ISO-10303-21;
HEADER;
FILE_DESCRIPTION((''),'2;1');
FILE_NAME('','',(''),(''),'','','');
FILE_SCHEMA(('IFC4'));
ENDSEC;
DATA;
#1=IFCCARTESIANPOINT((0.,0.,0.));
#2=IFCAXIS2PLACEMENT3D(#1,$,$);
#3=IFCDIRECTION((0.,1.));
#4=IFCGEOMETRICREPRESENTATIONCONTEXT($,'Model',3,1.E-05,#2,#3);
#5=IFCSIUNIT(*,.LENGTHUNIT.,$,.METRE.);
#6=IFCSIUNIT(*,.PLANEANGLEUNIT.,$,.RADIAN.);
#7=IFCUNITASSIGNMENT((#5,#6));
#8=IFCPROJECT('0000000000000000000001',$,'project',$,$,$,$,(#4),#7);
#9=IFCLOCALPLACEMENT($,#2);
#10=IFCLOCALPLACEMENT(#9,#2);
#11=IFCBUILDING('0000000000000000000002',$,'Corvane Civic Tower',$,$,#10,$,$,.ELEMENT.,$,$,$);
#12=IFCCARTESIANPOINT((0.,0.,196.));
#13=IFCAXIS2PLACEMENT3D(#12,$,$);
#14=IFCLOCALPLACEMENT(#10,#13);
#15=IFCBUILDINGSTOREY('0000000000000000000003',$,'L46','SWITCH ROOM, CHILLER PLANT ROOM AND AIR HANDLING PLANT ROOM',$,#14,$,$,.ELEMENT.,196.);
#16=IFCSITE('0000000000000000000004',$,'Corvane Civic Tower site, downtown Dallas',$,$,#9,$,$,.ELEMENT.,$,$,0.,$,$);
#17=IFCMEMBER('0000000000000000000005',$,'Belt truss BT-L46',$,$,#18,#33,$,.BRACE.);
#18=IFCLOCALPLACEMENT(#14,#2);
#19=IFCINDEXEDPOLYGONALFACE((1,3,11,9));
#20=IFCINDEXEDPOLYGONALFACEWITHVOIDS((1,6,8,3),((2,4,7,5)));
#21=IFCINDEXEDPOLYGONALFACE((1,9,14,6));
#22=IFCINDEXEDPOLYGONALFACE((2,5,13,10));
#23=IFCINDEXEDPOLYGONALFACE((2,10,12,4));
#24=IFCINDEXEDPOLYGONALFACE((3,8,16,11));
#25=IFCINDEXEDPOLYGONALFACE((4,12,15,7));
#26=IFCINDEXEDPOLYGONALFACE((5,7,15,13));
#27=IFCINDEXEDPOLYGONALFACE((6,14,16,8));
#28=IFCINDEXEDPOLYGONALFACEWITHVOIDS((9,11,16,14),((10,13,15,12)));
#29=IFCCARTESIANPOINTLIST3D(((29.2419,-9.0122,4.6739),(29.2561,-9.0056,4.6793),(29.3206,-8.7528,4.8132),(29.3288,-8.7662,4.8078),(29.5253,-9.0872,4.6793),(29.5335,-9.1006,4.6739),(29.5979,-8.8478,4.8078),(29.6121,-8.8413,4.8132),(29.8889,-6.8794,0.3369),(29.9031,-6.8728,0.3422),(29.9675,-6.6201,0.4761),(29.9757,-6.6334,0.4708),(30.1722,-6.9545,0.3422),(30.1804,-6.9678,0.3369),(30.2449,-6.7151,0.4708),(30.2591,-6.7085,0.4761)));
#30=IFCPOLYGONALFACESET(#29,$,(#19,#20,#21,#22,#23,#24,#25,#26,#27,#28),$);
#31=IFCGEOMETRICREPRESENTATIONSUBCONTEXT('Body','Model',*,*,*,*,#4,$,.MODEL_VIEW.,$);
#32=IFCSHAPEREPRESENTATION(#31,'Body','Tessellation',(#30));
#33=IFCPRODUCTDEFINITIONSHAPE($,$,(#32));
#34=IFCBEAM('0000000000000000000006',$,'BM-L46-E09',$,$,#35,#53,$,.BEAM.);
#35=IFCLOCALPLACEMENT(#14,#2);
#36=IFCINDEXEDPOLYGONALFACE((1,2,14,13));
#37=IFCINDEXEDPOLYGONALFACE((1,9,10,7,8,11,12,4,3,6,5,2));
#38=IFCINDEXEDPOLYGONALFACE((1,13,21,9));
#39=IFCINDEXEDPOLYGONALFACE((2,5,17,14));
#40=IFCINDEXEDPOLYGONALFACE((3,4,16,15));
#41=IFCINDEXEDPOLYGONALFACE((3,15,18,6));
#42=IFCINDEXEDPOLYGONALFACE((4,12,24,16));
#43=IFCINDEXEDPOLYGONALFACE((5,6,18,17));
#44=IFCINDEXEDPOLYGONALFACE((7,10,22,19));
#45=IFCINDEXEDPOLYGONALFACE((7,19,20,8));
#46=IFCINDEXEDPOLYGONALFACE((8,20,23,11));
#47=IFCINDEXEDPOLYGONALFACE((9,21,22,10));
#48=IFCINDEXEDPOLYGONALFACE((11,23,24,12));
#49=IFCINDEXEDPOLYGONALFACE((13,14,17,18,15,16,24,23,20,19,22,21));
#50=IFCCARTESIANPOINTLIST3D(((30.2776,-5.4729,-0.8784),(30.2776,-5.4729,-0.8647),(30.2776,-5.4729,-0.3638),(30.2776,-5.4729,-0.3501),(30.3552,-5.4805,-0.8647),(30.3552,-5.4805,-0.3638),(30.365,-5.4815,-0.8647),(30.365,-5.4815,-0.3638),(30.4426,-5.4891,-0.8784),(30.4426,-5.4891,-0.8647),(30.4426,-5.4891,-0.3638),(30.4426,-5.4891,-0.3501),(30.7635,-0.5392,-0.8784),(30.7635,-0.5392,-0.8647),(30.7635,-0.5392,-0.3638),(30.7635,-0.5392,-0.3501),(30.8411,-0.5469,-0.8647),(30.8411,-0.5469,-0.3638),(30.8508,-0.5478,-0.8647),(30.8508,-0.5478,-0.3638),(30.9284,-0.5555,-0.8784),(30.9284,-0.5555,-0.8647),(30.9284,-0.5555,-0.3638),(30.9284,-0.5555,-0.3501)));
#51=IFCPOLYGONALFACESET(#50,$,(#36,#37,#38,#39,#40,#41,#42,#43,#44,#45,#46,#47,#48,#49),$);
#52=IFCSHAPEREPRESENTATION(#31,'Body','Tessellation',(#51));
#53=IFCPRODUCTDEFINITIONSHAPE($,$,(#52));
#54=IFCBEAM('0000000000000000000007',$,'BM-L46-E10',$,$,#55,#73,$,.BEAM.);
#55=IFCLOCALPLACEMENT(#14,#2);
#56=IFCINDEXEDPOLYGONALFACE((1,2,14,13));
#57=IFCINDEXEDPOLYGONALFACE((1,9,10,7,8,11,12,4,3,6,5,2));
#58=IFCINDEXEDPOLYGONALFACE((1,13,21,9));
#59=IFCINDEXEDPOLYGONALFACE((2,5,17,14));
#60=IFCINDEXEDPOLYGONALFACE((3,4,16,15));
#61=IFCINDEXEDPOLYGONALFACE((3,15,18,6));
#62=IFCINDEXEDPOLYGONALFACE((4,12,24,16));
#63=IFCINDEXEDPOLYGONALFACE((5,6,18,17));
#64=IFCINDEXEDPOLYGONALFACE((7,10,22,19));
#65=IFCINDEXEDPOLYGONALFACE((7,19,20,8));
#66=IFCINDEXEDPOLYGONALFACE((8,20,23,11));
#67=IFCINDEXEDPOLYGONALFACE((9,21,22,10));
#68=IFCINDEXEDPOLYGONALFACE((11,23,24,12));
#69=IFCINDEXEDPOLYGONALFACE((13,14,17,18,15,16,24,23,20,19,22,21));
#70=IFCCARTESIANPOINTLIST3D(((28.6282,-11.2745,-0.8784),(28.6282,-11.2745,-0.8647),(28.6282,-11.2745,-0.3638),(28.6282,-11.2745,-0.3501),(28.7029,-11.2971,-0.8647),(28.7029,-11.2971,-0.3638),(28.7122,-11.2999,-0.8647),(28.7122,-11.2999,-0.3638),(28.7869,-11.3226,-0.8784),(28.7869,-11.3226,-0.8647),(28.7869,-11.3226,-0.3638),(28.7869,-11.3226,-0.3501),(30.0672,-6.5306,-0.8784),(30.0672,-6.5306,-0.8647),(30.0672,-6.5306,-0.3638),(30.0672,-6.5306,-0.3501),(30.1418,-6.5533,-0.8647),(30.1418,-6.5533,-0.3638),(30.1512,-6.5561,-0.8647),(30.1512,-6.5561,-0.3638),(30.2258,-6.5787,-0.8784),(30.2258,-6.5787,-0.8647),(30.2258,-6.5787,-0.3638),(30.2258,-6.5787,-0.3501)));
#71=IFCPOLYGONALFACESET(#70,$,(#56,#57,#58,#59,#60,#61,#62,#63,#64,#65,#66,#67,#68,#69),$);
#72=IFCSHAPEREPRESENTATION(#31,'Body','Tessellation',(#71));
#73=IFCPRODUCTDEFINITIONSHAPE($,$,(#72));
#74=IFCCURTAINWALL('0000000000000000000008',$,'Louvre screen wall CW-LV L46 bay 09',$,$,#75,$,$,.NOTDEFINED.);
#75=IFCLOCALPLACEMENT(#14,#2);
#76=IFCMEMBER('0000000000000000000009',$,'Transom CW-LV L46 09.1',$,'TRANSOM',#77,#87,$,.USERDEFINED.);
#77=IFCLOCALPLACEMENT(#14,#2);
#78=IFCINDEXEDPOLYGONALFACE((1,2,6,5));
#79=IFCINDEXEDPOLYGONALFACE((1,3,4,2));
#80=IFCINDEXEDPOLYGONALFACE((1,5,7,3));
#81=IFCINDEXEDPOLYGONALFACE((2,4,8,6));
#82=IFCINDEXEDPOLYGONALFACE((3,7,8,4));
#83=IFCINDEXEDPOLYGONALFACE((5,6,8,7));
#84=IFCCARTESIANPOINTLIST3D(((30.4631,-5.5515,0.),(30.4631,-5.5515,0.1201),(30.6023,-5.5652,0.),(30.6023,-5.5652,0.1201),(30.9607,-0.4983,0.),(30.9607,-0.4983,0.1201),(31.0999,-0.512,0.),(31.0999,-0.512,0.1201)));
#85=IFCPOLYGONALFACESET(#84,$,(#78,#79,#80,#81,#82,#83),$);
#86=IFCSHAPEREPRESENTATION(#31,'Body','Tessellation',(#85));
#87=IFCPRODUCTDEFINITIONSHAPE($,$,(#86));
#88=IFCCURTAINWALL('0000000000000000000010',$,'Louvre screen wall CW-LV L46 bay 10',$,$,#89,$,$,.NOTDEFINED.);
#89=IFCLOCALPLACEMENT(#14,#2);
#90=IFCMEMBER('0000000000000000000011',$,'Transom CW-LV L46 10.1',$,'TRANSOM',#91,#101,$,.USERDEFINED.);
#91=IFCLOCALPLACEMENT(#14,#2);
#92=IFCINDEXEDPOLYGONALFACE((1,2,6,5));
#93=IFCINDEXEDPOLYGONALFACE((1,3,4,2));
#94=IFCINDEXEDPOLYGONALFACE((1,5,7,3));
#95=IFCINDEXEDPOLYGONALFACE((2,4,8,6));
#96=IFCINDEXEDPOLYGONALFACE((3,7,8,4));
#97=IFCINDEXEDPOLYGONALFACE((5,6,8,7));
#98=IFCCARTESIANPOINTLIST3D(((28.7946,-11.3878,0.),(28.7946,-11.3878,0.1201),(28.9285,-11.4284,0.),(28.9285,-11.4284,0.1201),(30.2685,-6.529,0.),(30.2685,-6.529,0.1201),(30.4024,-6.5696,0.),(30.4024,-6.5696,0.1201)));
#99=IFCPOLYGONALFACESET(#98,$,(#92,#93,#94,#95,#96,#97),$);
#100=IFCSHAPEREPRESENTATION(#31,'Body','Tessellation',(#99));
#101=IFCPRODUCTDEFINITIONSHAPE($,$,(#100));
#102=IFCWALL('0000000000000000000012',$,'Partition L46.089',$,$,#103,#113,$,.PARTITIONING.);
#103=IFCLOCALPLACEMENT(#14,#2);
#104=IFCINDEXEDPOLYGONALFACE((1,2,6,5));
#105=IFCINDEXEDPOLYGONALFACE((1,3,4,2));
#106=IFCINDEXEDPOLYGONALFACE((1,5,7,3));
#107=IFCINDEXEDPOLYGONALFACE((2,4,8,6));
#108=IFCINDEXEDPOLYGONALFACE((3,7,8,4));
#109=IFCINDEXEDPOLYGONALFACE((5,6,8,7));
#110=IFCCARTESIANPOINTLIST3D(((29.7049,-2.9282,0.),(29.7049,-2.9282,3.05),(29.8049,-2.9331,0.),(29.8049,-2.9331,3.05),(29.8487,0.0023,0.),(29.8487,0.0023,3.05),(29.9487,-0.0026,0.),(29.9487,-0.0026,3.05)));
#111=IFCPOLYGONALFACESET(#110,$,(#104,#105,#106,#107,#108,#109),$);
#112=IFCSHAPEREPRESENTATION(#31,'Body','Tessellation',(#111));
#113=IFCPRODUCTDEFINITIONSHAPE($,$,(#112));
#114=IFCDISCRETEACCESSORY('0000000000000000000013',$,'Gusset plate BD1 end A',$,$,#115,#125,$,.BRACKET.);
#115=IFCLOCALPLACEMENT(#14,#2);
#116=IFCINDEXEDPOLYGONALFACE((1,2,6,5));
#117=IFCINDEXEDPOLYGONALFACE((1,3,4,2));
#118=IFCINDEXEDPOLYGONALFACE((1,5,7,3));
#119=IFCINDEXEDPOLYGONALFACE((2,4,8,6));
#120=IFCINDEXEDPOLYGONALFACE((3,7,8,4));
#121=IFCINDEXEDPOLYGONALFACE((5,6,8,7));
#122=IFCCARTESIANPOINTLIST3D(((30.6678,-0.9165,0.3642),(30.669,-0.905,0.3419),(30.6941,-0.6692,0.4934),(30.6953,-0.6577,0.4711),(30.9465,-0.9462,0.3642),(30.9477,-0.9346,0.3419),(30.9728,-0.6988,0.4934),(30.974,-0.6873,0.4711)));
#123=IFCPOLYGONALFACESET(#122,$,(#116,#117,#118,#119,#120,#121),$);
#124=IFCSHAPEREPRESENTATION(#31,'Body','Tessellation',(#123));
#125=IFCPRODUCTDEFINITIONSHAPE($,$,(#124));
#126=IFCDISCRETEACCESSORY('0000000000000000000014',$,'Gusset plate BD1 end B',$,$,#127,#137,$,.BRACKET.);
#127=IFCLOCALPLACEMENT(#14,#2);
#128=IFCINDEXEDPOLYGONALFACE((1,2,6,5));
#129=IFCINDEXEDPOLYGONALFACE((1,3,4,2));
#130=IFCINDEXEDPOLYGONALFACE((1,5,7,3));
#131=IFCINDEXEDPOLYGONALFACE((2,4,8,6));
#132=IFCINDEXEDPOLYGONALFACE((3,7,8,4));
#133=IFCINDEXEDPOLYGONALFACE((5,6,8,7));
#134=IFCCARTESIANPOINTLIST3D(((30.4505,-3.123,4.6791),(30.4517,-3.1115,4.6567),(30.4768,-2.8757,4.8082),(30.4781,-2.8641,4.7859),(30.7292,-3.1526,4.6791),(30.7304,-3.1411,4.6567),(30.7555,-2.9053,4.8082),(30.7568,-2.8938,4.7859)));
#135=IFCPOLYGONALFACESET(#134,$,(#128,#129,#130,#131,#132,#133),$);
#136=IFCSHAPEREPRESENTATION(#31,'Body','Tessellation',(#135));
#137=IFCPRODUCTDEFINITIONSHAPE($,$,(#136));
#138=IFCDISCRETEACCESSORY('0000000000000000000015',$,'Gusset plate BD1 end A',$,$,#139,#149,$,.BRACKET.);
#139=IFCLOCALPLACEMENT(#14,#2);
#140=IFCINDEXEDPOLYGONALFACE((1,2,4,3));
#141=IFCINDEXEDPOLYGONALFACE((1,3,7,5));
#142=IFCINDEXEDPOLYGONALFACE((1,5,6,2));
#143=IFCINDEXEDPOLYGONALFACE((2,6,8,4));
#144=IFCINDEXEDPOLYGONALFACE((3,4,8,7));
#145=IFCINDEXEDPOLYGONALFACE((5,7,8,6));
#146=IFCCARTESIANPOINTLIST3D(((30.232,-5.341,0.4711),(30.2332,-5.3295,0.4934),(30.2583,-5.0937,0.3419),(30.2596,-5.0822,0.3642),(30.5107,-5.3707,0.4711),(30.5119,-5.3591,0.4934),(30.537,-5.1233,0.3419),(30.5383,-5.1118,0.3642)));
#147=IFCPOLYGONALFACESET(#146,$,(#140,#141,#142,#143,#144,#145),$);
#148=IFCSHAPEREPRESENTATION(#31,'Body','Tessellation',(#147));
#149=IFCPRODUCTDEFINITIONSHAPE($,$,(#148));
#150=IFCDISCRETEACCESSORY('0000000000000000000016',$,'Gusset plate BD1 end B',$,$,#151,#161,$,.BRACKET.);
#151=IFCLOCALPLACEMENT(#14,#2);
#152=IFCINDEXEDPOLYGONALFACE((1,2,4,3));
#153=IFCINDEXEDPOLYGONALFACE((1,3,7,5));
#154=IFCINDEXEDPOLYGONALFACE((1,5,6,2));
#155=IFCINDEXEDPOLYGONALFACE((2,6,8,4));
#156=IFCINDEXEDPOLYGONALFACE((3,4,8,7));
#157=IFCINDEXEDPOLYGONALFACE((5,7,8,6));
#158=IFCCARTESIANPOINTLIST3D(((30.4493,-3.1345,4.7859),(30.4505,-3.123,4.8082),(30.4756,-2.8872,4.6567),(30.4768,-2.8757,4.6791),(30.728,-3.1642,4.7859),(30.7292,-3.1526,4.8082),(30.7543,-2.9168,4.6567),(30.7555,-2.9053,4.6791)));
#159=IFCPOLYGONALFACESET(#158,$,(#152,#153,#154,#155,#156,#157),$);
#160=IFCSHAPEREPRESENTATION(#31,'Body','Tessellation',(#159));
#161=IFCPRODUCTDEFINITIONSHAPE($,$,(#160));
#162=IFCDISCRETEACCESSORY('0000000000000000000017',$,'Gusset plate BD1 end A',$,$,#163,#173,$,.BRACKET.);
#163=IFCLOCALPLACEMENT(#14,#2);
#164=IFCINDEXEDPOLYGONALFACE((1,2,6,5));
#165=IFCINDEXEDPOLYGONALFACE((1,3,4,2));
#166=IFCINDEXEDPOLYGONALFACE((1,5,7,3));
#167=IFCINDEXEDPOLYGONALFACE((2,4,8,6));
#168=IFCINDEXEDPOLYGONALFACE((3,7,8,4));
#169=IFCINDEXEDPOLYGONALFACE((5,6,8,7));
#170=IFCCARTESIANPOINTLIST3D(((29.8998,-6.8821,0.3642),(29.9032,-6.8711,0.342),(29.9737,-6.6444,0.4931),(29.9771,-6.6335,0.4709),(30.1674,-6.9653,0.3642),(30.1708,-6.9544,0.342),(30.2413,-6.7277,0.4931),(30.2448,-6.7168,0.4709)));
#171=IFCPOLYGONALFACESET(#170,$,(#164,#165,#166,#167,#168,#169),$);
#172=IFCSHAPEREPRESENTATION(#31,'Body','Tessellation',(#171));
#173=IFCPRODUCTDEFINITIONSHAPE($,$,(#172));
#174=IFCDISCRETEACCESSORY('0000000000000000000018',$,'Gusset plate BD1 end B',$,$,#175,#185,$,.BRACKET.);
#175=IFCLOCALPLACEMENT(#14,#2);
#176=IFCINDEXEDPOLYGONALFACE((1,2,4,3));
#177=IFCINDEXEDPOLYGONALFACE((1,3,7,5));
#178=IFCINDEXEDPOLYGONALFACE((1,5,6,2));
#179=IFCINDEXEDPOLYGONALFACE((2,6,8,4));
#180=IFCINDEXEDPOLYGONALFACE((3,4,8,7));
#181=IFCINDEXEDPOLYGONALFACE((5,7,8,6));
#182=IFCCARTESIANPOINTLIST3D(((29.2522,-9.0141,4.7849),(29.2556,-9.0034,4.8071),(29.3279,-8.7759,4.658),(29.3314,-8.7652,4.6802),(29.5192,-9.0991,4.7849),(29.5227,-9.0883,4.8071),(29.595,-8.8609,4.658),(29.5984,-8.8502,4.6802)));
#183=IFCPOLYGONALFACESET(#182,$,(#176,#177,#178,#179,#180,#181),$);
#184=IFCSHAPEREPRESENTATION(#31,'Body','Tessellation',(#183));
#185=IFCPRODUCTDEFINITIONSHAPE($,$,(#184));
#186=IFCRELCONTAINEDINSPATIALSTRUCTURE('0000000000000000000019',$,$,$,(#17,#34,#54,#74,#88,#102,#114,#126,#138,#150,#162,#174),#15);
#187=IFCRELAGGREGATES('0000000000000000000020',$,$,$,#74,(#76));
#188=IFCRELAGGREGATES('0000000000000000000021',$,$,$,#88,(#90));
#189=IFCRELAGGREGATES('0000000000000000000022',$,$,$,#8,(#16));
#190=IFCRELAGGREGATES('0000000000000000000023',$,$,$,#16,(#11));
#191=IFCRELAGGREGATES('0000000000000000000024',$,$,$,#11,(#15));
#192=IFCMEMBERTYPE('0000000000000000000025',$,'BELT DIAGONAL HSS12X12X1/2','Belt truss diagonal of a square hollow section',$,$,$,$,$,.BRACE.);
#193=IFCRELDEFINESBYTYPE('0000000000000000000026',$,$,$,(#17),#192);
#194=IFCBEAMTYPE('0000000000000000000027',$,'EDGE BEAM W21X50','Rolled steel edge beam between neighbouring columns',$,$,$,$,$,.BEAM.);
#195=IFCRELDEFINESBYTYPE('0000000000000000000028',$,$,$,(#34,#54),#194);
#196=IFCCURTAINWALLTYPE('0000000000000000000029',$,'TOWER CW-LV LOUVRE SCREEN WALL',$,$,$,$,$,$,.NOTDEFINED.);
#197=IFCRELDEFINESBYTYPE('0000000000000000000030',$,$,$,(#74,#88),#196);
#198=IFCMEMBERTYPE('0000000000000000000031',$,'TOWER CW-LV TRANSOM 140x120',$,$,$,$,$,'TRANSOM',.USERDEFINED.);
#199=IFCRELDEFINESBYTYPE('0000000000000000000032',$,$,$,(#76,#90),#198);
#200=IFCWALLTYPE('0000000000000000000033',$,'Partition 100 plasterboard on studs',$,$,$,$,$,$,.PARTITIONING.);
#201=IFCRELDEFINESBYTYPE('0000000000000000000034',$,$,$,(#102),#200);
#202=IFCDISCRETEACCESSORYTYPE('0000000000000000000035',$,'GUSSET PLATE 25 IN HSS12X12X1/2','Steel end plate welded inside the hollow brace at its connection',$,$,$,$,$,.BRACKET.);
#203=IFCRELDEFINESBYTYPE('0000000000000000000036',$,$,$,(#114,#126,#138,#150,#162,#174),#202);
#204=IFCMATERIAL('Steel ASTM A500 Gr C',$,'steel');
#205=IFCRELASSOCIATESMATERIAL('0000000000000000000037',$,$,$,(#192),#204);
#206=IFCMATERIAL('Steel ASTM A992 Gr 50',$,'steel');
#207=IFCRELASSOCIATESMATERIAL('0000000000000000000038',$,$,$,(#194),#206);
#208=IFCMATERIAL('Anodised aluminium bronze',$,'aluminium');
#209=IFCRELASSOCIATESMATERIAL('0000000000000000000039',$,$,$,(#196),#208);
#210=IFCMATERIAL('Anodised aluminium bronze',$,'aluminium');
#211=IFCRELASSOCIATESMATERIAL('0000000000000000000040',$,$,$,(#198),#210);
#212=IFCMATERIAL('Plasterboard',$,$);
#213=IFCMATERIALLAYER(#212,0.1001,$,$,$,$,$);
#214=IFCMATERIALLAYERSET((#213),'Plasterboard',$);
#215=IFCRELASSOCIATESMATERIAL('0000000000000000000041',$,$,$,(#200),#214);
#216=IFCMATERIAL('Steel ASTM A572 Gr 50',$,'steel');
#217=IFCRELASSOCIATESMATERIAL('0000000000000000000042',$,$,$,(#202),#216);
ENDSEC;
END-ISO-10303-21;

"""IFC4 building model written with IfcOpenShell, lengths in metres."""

from ifc_helpers import new_model, si_unit, direction, frame, frame_2d, origin, origin_2d, place, context, subcontext, project, spatial, rectangle, hollow_rectangle, i_section, extrude, material, layer, layer_set, material_profile, profile_set, type_object, element, aggregate, save


model = new_model("IFC4")

# Units and contexts
model_context = context("Model", 3, precision=1e-05, world=origin(), true_north=direction((0.0, 1.0)))
body_context = subcontext(model_context, "Body", "Model", "MODEL_VIEW")
ifc_project = project(units=[si_unit("LENGTHUNIT", "METRE"), si_unit("PLANEANGLEUNIT", "RADIAN")], contexts=[model_context])

# Site, building, storey
site_placement = place(None, origin())
site = spatial("IfcSite", under=ifc_project, at=site_placement, Name="Corvane Civic Tower site, downtown Dallas", CompositionType="ELEMENT", RefElevation=0.0)
building_placement = place(site_placement, origin())
building = spatial("IfcBuilding", under=site, at=building_placement, Name="Corvane Civic Tower", CompositionType="ELEMENT")
storey_placement = place(building_placement, frame((0.0, 0.0, 196.0)))
storey = spatial("IfcBuildingStorey", under=building, at=storey_placement, Name="L46", Description="SWITCH ROOM, CHILLER PLANT ROOM AND AIR HANDLING PLANT ROOM", CompositionType="ELEMENT", Elevation=196.0)

# Member
ifc_material_1 = material(Name="Steel ASTM A500 Gr C", Category="steel")
ifc_material_profile_1 = material_profile(ifc_material_1, hollow_rectangle(XDim=0.3047, YDim=0.3047, WallThickness=0.0117, at=origin_2d()), Name="HSS12X12X1/2")
ifc_profile_set_1 = profile_set([ifc_material_profile_1], Name="Steel ASTM A500 Gr C")
member_type_1 = type_object("IfcMemberType", Name="BELT DIAGONAL HSS12X12X1/2", Description="Belt truss diagonal of a square hollow section", PredefinedType="BRACE", material=ifc_profile_set_1)
for number, where, z_axis, x_axis, name in (
    (1, (30.074, -6.7939, 0.4065), (-0.132677, -0.437382, 0.889434), (0.956941, -0.290281, 0.0), "Belt truss BT-L46"),
):
    element("IfcMember", number, at=place(storey_placement, frame(where, z_axis=z_axis, x_axis=x_axis)), inside=storey, type_object=member_type_1, Name=name, PredefinedType="BRACE", context=body_context, shape_type="SweptSolid", body=[
        extrude(hollow_rectangle(XDim=0.3047, YDim=0.3047, WallThickness=0.0117, at=origin_2d()), origin(), (0.0, 0.0, 1.0), 4.8762),
    ])

# Beams
ifc_material_2 = material(Name="Steel ASTM A992 Gr 50", Category="steel")
ifc_material_profile_2 = material_profile(ifc_material_2, i_section(OverallWidth=0.1658, OverallDepth=0.5283, WebThickness=0.0098, FlangeThickness=0.0137, at=origin_2d()), Name="W21X50")
ifc_profile_set_2 = profile_set([ifc_material_profile_2], Name="Steel ASTM A992 Gr 50")
beam_type = type_object("IfcBeamType", Name="EDGE BEAM W21X50", Description="Rolled steel edge beam between neighbouring columns", PredefinedType="BEAM", material=ifc_profile_set_2)
beam_1_placement = place(storey_placement, frame((30.8459, -0.5474, -0.6143), z_axis=(-0.098002, -0.995186, 0.0), x_axis=(0.995186, -0.098002, 0.0)))
element("IfcBeam", 2, at=beam_1_placement, inside=storey, type_object=beam_type, Name="BM-L46-E09", PredefinedType="BEAM", context=body_context, shape_type="SweptSolid", body=[
    extrude(i_section(OverallWidth=0.1658, OverallDepth=0.5283, WebThickness=0.0098, FlangeThickness=0.0137, at=origin_2d()), origin(), (0.0, 0.0, 1.0), 4.9575),
])
beam_2_placement = place(storey_placement, frame((30.1465, -6.5547, -0.6143), z_axis=(-0.29027, -0.956945, 0.0), x_axis=(0.956945, -0.29027, 0.0)))
element("IfcBeam", 3, at=beam_2_placement, inside=storey, type_object=beam_type, Name="BM-L46-E10", PredefinedType="BEAM", context=body_context, shape_type="SweptSolid", body=[
    extrude(i_section(OverallWidth=0.1658, OverallDepth=0.5283, WebThickness=0.0098, FlangeThickness=0.0137, at=origin_2d()), origin(), (0.0, 0.0, 1.0), 4.9573),
])

# Curtain walls, members
ifc_material_3 = material(Name="Anodised aluminium bronze", Category="aluminium")
curtain_wall_type = type_object("IfcCurtainWallType", Name="TOWER CW-LV LOUVRE SCREEN WALL", PredefinedType="NOTDEFINED", material=ifc_material_3)
curtain_wall_1_placement = place(storey_placement, origin())
curtain_wall_1 = element("IfcCurtainWall", 4, at=curtain_wall_1_placement, inside=storey, type_object=curtain_wall_type, Name="Louvre screen wall CW-LV L46 bay 09", PredefinedType="NOTDEFINED")
ifc_material_4 = material(Name="Anodised aluminium bronze", Category="aluminium")
ifc_material_profile_3 = material_profile(ifc_material_4, rectangle(XDim=0.1399, YDim=0.1201, at=origin_2d()), Name="TOWER CW-LV TRANSOM 140x120")
ifc_profile_set_3 = profile_set([ifc_material_profile_3], Name="Anodised aluminium bronze")
member_type_2 = type_object("IfcMemberType", Name="TOWER CW-LV TRANSOM 140x120", ElementType="TRANSOM", PredefinedType="USERDEFINED", material=ifc_profile_set_3)
member_1_placement = place(storey_placement, frame((31.0303, -0.5051, 0.0601), z_axis=(-0.09799, -0.995187, 0.0), x_axis=(0.995187, -0.09799, 0.0)))
member_1 = element("IfcMember", 5, at=member_1_placement, type_object=member_type_2, Name="Transom CW-LV L46 09.1", ObjectType="TRANSOM", PredefinedType="USERDEFINED", context=body_context, shape_type="SweptSolid", body=[
    extrude(rectangle(XDim=0.1399, YDim=0.1201, at=origin_2d()), origin(), (0.0, 0.0, 1.0), 5.0776),
])
curtain_wall_2_placement = place(storey_placement, origin())
curtain_wall_2 = element("IfcCurtainWall", 6, at=curtain_wall_2_placement, inside=storey, type_object=curtain_wall_type, Name="Louvre screen wall CW-LV L46 bay 10", PredefinedType="NOTDEFINED")
member_2_placement = place(storey_placement, frame((30.3354, -6.5493, 0.0601), z_axis=(-0.290289, -0.956939, 0.0), x_axis=(0.956939, -0.290289, 0.0)))
member_2 = element("IfcMember", 7, at=member_2_placement, type_object=member_type_2, Name="Transom CW-LV L46 10.1", ObjectType="TRANSOM", PredefinedType="USERDEFINED", context=body_context, shape_type="SweptSolid", body=[
    extrude(rectangle(XDim=0.1399, YDim=0.1201, at=origin_2d()), origin(), (0.0, 0.0, 1.0), 5.0774),
])

# Wall
ifc_material_5 = material(Name="Plasterboard")
ifc_layer = layer(ifc_material_5, 0.1001)
ifc_layer_set = layer_set([ifc_layer], Name="Plasterboard")
wall_type = type_object("IfcWallType", Name="Partition 100 plasterboard on studs", PredefinedType="PARTITIONING", material=ifc_layer_set)
wall_placement = place(storey_placement, frame((29.7549, -2.9307, 0.0), z_axis=(0.0, 0.0, 1.0), x_axis=(0.049008, 0.998798, 0.0)))
element("IfcWall", 8, at=wall_placement, inside=storey, type_object=wall_type, Name="Partition L46.089", PredefinedType="PARTITIONING", context=body_context, shape_type="SweptSolid", body=[
    extrude(rectangle(XDim=2.9341, YDim=0.1001, at=frame_2d((1.467, 0.0))), origin(), (0.0, 0.0, 1.0), 3.05),
])

aggregate(curtain_wall_1, [member_1])
aggregate(curtain_wall_2, [member_2])

# Discrete accessories
ifc_material_6 = material(Name="Steel ASTM A572 Gr 50", Category="steel")
ifc_material_profile_4 = material_profile(ifc_material_6, rectangle(XDim=0.2803, YDim=0.2803, at=origin_2d()), Name="GUSSET PLATE 25 IN HSS12X12X1/2")
ifc_profile_set_4 = profile_set([ifc_material_profile_4], Name="Steel ASTM A572 Gr 50")
discrete_accessory_type = type_object("IfcDiscreteAccessoryType", Name="GUSSET PLATE 25 IN HSS12X12X1/2", Description="Steel end plate welded inside the hollow brace at its connection", PredefinedType="BRACKET", material=ifc_profile_set_4)
for number, where, z_axis, x_axis, name in (
    (9, (30.8215, -0.7961, 0.4065), (-0.04876, -0.458346, 0.887435), (0.994389, -0.105786, 0.0), "Gusset plate BD1 end A"),
    (10, (30.603, -3.0142, 4.7437), (0.04876, 0.458346, -0.887435), (-0.994389, 0.105786, 0.0), "Gusset plate BD1 end B"),
    (11, (30.3845, -5.2322, 0.4065), (0.04876, 0.458346, 0.887435), (-0.994389, 0.105786, 0.0), "Gusset plate BD1 end A"),
    (12, (30.603, -3.0142, 4.7437), (-0.04876, -0.458346, -0.887435), (0.994389, -0.105786, 0.0), "Gusset plate BD1 end B"),
):
    element("IfcDiscreteAccessory", number, at=place(storey_placement, frame(where, z_axis=z_axis, x_axis=x_axis)), inside=storey, type_object=discrete_accessory_type, Name=name, PredefinedType="BRACKET", context=body_context, shape_type="SweptSolid", body=[
        extrude(rectangle(XDim=0.2803, YDim=0.2803, at=origin_2d()), origin(), (0.0, 0.0, 1.0), 0.0251),
    ])
for number, where, z_axis, x_axis, name in (
    (13, (30.074, -6.7939, 0.4065), (-0.136613, -0.439113, 0.887985), (0.954857, -0.297067, 0.0), "Gusset plate BD1 end A"),
    (14, (29.427, -8.9268, 4.7437), (-0.137196, -0.431186, -0.891771), (0.952926, -0.303204, 0.0), "Gusset plate BD1 end B"),
):
    element("IfcDiscreteAccessory", number, at=place(storey_placement, frame(where, z_axis=z_axis, x_axis=x_axis)), inside=storey, type_object=discrete_accessory_type, Name=name, PredefinedType="BRACKET", context=body_context, shape_type="SweptSolid", body=[
        extrude(rectangle(XDim=0.2803, YDim=0.2803, at=origin_2d()), origin(), (0.0, 0.0, 1.0), 0.0249),
    ])

save(model, "model.ifc")
